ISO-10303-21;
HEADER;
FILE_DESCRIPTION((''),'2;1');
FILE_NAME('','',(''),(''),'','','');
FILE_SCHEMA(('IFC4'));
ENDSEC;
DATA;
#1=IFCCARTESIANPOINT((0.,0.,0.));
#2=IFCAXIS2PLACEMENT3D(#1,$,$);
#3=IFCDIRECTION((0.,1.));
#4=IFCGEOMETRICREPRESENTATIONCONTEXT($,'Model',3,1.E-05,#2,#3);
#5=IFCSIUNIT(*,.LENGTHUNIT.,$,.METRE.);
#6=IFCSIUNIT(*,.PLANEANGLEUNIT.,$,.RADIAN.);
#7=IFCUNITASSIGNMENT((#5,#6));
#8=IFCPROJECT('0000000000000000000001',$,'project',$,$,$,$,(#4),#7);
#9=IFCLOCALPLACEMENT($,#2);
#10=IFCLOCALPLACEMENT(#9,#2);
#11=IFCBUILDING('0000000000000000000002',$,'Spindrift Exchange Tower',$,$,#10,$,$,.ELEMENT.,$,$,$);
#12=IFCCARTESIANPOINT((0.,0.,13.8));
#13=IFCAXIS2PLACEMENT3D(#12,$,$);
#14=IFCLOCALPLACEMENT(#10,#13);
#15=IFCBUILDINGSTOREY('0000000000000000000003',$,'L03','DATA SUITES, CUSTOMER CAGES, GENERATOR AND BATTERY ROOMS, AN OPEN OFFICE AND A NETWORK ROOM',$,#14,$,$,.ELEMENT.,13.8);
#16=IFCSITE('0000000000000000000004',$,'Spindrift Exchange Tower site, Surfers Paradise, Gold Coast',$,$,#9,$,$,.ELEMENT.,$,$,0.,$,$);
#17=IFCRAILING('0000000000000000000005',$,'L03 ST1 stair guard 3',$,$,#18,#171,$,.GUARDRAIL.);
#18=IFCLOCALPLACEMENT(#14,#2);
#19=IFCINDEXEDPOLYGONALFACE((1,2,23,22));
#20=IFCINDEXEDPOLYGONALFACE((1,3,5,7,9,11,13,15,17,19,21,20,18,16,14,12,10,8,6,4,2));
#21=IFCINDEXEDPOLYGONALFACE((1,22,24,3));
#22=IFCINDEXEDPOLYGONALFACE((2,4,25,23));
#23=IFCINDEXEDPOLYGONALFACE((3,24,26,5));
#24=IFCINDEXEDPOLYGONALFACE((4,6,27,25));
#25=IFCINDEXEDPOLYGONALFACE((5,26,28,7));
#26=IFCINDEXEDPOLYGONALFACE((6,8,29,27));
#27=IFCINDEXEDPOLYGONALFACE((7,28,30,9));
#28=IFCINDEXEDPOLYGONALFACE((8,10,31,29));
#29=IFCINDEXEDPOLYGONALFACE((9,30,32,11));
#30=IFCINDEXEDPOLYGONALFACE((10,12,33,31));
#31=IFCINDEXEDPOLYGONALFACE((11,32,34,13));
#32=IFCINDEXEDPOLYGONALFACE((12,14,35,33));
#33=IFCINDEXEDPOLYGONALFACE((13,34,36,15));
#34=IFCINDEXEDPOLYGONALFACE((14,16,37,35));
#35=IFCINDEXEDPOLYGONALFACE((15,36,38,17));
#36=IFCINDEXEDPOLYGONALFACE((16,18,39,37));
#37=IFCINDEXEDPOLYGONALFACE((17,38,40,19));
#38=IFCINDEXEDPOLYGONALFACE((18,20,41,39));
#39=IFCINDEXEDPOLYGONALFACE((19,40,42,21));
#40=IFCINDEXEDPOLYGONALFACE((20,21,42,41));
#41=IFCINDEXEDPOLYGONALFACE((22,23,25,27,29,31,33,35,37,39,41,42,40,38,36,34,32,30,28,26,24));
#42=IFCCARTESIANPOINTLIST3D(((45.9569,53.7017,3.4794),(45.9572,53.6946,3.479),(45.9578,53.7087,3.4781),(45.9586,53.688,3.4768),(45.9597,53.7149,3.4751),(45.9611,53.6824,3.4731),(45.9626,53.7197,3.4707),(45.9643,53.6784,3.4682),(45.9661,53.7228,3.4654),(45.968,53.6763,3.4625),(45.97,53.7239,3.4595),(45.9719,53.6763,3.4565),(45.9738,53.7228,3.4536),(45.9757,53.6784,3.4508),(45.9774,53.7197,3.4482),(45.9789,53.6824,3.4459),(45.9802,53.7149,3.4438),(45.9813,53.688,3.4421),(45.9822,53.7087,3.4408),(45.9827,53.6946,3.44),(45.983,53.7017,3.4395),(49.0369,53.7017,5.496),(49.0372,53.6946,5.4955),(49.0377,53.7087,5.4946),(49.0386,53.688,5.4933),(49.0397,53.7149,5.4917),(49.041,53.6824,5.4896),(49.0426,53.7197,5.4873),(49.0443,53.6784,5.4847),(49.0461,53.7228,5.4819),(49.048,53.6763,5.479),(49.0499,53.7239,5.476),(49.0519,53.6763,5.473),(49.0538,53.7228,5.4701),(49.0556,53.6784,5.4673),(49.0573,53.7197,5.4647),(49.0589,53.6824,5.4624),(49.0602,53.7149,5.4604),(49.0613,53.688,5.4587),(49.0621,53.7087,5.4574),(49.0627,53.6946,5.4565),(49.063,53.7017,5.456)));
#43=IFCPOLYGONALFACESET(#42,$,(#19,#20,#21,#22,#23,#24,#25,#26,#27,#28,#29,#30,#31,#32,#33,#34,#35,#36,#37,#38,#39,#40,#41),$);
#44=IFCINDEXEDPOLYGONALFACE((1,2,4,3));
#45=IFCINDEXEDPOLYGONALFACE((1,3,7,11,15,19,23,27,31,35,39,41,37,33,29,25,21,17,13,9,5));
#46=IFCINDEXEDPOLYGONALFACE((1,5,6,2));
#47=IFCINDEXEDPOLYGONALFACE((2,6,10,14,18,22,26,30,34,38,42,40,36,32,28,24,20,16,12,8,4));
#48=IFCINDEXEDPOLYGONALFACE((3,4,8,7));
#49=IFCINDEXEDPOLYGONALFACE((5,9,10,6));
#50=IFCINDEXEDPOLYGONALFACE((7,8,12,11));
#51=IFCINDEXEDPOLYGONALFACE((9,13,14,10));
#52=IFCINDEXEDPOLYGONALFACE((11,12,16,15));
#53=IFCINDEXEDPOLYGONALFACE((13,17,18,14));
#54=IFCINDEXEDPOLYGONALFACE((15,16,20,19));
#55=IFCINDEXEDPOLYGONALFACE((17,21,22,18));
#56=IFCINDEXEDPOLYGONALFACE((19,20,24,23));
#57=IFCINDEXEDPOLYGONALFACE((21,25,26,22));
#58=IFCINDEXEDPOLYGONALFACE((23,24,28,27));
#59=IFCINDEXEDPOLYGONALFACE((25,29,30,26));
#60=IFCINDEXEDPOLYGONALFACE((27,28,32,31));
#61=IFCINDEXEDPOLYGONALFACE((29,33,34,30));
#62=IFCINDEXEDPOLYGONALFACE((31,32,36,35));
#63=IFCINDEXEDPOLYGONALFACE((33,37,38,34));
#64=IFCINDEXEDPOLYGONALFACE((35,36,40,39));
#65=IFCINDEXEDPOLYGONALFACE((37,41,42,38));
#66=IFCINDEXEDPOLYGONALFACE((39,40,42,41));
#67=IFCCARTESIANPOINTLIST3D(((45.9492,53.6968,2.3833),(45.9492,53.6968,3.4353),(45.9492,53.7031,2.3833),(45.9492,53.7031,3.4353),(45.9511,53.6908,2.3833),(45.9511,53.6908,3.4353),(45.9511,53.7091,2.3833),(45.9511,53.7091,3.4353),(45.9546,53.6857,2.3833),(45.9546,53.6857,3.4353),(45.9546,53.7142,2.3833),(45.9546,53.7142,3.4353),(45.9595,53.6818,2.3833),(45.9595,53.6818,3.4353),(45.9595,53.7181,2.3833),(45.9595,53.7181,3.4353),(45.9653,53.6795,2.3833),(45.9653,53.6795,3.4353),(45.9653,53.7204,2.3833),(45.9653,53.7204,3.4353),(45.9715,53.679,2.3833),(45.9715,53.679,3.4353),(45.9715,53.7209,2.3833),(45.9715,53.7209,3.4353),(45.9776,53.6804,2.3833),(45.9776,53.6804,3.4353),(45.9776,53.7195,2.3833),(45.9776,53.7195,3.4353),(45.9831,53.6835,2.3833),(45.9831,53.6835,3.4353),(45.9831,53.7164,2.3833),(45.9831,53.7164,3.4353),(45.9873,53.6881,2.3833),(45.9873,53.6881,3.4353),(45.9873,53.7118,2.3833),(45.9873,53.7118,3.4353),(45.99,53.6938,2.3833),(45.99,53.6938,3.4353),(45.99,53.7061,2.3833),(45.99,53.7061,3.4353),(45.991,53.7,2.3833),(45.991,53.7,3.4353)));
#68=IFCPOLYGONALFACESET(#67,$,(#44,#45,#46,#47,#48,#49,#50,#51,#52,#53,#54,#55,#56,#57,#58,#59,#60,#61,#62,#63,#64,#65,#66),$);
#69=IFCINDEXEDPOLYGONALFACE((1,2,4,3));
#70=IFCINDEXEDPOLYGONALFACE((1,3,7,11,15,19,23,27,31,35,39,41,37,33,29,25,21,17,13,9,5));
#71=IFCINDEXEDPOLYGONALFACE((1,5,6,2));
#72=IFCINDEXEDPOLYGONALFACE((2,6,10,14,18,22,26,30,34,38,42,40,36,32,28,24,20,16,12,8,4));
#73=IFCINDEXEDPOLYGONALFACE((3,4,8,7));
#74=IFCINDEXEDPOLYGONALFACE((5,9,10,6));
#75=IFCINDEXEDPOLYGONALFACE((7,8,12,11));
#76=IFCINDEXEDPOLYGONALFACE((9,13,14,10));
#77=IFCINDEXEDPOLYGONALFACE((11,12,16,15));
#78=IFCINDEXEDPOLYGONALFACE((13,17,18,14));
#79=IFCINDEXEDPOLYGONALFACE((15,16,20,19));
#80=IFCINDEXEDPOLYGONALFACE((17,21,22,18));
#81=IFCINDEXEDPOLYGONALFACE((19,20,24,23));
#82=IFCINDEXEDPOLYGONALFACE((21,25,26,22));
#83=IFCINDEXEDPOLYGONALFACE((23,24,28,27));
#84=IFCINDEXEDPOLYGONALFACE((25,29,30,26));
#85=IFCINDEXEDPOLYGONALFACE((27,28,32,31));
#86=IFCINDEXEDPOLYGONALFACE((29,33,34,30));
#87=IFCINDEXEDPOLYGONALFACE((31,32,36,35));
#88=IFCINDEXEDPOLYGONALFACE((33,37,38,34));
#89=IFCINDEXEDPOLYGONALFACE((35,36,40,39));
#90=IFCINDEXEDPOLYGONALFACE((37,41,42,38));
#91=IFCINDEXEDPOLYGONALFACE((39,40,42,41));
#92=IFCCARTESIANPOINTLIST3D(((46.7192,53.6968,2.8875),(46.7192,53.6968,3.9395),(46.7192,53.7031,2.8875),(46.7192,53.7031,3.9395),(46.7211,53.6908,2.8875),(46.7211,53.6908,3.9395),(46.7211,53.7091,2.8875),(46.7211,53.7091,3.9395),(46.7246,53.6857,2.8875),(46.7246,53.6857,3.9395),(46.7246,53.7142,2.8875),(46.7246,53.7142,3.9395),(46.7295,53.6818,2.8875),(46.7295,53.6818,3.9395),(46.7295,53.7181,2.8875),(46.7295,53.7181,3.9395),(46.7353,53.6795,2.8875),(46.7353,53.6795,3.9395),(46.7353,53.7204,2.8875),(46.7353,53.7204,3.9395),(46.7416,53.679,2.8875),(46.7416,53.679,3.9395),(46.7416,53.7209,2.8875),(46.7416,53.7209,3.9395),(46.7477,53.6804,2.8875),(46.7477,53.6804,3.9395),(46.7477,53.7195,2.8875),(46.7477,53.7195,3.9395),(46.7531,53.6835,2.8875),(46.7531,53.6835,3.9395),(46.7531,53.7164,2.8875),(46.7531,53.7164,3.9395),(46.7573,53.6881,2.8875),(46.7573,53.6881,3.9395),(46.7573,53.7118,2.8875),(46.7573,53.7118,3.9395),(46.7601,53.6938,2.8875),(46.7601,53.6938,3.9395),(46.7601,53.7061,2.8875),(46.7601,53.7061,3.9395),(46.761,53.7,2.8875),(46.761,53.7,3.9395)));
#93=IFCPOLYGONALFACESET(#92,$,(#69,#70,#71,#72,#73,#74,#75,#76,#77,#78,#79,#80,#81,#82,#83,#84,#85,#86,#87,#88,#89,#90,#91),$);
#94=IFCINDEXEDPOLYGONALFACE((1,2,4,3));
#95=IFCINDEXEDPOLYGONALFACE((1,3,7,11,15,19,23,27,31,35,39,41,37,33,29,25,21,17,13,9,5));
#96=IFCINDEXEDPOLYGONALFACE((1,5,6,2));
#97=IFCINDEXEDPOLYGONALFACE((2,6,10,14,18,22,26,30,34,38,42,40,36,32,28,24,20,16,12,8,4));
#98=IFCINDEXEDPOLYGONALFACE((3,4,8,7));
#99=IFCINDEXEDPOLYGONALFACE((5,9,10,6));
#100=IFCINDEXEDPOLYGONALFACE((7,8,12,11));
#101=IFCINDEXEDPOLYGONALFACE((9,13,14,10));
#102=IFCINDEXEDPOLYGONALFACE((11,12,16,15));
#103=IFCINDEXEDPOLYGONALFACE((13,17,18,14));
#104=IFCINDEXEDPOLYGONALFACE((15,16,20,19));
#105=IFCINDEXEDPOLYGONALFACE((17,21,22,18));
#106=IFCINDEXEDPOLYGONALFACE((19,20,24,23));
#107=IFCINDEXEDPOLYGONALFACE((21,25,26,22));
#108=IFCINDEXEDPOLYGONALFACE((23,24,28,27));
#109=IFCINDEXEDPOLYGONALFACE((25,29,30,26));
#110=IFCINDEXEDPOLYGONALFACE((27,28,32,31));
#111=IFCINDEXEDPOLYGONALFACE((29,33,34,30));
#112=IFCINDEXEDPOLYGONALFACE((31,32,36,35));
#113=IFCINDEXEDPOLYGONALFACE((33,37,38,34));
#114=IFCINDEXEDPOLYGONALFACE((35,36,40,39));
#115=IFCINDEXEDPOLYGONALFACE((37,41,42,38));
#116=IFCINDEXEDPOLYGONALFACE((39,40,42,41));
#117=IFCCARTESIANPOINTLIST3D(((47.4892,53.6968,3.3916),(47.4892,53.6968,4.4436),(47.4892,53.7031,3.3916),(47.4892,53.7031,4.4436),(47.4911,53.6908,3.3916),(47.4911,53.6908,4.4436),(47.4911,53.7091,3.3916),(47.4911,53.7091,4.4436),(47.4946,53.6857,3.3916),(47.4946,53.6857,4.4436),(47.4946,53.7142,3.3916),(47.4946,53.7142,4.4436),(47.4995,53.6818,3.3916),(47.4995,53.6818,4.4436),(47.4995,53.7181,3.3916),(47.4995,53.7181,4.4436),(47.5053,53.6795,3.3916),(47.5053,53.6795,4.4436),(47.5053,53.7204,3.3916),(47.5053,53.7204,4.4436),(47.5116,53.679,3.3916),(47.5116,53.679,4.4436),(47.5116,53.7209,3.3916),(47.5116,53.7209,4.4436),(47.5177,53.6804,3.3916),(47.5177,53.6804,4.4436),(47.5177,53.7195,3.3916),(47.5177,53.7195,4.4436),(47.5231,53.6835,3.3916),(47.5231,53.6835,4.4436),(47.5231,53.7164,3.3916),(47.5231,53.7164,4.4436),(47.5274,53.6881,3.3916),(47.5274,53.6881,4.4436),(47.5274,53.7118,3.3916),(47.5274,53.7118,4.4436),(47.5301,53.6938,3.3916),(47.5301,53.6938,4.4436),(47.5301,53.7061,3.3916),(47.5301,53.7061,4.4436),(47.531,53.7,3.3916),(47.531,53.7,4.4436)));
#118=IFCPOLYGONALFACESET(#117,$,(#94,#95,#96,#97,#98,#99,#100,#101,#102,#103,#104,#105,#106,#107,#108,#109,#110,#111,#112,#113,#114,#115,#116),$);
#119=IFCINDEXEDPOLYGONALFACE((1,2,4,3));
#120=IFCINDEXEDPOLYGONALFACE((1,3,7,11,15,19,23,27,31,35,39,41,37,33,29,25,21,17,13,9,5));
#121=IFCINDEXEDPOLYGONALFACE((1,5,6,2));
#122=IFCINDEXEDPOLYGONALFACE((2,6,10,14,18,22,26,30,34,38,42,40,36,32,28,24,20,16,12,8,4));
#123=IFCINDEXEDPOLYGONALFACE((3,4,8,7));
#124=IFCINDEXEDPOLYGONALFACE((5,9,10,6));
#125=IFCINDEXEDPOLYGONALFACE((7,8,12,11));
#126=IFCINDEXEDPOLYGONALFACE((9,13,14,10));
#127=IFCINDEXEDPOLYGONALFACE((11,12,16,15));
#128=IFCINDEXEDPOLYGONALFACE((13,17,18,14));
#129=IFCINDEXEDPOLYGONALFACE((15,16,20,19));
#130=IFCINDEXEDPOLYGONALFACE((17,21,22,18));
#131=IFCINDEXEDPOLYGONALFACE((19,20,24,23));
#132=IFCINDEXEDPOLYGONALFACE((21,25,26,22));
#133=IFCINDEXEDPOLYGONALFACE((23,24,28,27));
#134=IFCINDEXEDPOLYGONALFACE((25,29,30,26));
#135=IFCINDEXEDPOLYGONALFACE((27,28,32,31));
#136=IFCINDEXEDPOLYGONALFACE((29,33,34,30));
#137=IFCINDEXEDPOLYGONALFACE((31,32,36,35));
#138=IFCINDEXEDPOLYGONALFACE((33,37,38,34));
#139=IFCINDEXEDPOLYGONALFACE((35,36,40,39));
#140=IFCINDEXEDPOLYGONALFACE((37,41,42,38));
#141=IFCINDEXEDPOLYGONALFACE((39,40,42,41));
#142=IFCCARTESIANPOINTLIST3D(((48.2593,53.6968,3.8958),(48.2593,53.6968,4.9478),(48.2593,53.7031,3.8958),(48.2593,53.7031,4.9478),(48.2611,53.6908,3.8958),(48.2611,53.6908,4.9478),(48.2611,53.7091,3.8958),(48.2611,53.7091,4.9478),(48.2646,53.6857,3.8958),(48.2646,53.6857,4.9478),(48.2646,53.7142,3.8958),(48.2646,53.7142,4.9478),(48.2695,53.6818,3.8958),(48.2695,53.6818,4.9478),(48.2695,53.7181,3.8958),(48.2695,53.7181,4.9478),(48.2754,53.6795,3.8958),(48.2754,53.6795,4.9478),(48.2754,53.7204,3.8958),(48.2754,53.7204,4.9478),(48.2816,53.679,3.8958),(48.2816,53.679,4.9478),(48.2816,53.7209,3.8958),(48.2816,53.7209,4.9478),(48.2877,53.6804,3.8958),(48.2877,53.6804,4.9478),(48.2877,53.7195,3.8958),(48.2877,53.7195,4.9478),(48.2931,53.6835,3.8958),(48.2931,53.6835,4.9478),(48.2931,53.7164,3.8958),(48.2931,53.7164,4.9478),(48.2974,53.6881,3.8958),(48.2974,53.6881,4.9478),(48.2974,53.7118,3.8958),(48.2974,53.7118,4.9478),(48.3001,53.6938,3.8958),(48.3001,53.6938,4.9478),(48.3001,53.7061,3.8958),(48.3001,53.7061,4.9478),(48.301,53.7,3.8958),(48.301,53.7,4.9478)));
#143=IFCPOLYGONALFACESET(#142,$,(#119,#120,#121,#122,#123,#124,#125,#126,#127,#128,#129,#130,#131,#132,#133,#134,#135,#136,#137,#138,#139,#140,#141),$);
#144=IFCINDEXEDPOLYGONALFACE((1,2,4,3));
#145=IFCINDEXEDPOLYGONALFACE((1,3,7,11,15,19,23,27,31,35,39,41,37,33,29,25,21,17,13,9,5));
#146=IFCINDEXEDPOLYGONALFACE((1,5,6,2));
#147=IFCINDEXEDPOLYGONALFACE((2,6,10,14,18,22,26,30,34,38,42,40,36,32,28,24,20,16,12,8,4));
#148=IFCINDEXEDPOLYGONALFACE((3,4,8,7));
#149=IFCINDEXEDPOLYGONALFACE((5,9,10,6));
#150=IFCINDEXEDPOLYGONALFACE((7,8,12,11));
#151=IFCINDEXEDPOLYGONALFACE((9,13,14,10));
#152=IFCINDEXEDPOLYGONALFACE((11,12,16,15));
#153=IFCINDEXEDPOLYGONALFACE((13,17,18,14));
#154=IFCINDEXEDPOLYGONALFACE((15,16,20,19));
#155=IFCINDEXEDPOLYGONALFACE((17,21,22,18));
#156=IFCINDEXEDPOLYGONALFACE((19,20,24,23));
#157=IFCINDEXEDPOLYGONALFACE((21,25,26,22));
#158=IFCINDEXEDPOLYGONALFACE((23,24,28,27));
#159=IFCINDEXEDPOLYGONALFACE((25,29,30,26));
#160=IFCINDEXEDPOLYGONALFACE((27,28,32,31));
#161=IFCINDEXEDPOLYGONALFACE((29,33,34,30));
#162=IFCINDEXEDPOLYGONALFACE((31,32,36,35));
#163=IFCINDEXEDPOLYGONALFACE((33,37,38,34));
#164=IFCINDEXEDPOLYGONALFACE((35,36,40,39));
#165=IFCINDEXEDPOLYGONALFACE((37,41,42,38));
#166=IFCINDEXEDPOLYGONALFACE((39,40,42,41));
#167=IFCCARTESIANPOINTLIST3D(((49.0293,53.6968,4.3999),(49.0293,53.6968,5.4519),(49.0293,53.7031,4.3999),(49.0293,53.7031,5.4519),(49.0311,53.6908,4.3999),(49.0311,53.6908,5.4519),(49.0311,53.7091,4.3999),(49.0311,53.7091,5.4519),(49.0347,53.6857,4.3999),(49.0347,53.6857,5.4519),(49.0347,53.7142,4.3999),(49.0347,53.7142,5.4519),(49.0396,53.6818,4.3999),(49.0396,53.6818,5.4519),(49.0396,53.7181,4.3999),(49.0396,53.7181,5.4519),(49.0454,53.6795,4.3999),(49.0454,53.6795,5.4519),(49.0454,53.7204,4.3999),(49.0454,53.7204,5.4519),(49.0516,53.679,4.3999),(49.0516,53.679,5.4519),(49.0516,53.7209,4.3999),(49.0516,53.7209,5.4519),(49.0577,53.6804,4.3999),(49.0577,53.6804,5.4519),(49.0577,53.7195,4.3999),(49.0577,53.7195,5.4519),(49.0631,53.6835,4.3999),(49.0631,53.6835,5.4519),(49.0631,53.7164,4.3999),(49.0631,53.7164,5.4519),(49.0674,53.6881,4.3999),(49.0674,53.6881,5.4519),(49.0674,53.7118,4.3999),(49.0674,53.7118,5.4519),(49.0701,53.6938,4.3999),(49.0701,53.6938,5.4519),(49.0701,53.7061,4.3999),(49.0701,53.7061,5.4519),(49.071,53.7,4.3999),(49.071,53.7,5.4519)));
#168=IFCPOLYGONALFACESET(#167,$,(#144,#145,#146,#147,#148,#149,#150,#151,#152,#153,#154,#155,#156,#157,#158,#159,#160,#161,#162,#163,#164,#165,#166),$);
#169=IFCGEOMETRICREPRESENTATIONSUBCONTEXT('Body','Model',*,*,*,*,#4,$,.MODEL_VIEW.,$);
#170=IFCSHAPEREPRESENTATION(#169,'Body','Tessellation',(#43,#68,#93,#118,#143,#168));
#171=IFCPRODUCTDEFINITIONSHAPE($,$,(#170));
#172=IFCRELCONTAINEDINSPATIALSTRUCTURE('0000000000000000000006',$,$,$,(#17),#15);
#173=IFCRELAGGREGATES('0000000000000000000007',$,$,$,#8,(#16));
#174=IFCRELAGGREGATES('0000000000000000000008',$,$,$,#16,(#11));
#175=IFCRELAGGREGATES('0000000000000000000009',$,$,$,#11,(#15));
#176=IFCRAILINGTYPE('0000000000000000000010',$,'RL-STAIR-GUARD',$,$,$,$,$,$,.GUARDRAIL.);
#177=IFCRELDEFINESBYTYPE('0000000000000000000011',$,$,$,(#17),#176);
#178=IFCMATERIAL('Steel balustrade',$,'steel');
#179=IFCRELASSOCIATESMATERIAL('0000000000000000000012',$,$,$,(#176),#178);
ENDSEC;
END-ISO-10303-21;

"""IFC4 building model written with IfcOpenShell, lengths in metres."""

from ifc_helpers import new_model, si_unit, direction, frame, origin, origin_2d, place, context, subcontext, project, spatial, circle, extrude, material, type_object, element, save


model = new_model("IFC4")

# Units and contexts
model_context = context("Model", 3, precision=1e-05, world=origin(), true_north=direction((0.0, 1.0)))
body_context = subcontext(model_context, "Body", "Model", "MODEL_VIEW")
ifc_project = project(units=[si_unit("LENGTHUNIT", "METRE"), si_unit("PLANEANGLEUNIT", "RADIAN")], contexts=[model_context])

# Site, building, storey
site_placement = place(None, origin())
site = spatial("IfcSite", under=ifc_project, at=site_placement, Name="Spindrift Exchange Tower site, Surfers Paradise, Gold Coast", CompositionType="ELEMENT", RefElevation=0.0)
building_placement = place(site_placement, origin())
building = spatial("IfcBuilding", under=site, at=building_placement, Name="Spindrift Exchange Tower", CompositionType="ELEMENT")
storey_placement = place(building_placement, frame((0.0, 0.0, 13.8)))
storey = spatial("IfcBuildingStorey", under=building, at=storey_placement, Name="L03", Description="DATA SUITES, CUSTOMER CAGES, GENERATOR AND BATTERY ROOMS, AN OPEN OFFICE AND A NETWORK ROOM", CompositionType="ELEMENT", Elevation=13.8)

# Railing
ifc_material_1 = material(Name="Steel balustrade", Category="steel")
railing_type_1 = type_object("IfcRailingType", Name="RL-STAIR-GUARD", PredefinedType="GUARDRAIL", material=ifc_material_1)
railing_1_placement = place(storey_placement, frame((45.97, 53.7, 2.3833)))
element("IfcRailing", 1, at=railing_1_placement, inside=storey, type_object=railing_type_1, Name="L03 ST1 stair guard 3", PredefinedType="GUARDRAIL", context=body_context, shape_type="SweptSolid", body=[
    extrude(circle(Radius=0.0239, at=origin_2d()), frame((0.0, 0.0, 1.0762), z_axis=(0.836633, 0.0, 0.547764), x_axis=(0.0, 1.0, 0.0)), (0.0, 0.0, 1.0), 3.6814),
    extrude(circle(Radius=0.021, at=origin_2d()), origin(), (0.0, 0.0, 1.0), 1.052),
    extrude(circle(Radius=0.021, at=origin_2d()), frame((0.77, 0.0, 0.5042)), (0.0, 0.0, 1.0), 1.052),
    extrude(circle(Radius=0.021, at=origin_2d()), frame((1.54, 0.0, 1.0083)), (0.0, 0.0, 1.0), 1.052),
    extrude(circle(Radius=0.021, at=origin_2d()), frame((2.3101, 0.0, 1.5125)), (0.0, 0.0, 1.0), 1.052),
    extrude(circle(Radius=0.021, at=origin_2d()), frame((3.0801, 0.0, 2.0166)), (0.0, 0.0, 1.0), 1.052),
])

save(model, "model.ifc")
